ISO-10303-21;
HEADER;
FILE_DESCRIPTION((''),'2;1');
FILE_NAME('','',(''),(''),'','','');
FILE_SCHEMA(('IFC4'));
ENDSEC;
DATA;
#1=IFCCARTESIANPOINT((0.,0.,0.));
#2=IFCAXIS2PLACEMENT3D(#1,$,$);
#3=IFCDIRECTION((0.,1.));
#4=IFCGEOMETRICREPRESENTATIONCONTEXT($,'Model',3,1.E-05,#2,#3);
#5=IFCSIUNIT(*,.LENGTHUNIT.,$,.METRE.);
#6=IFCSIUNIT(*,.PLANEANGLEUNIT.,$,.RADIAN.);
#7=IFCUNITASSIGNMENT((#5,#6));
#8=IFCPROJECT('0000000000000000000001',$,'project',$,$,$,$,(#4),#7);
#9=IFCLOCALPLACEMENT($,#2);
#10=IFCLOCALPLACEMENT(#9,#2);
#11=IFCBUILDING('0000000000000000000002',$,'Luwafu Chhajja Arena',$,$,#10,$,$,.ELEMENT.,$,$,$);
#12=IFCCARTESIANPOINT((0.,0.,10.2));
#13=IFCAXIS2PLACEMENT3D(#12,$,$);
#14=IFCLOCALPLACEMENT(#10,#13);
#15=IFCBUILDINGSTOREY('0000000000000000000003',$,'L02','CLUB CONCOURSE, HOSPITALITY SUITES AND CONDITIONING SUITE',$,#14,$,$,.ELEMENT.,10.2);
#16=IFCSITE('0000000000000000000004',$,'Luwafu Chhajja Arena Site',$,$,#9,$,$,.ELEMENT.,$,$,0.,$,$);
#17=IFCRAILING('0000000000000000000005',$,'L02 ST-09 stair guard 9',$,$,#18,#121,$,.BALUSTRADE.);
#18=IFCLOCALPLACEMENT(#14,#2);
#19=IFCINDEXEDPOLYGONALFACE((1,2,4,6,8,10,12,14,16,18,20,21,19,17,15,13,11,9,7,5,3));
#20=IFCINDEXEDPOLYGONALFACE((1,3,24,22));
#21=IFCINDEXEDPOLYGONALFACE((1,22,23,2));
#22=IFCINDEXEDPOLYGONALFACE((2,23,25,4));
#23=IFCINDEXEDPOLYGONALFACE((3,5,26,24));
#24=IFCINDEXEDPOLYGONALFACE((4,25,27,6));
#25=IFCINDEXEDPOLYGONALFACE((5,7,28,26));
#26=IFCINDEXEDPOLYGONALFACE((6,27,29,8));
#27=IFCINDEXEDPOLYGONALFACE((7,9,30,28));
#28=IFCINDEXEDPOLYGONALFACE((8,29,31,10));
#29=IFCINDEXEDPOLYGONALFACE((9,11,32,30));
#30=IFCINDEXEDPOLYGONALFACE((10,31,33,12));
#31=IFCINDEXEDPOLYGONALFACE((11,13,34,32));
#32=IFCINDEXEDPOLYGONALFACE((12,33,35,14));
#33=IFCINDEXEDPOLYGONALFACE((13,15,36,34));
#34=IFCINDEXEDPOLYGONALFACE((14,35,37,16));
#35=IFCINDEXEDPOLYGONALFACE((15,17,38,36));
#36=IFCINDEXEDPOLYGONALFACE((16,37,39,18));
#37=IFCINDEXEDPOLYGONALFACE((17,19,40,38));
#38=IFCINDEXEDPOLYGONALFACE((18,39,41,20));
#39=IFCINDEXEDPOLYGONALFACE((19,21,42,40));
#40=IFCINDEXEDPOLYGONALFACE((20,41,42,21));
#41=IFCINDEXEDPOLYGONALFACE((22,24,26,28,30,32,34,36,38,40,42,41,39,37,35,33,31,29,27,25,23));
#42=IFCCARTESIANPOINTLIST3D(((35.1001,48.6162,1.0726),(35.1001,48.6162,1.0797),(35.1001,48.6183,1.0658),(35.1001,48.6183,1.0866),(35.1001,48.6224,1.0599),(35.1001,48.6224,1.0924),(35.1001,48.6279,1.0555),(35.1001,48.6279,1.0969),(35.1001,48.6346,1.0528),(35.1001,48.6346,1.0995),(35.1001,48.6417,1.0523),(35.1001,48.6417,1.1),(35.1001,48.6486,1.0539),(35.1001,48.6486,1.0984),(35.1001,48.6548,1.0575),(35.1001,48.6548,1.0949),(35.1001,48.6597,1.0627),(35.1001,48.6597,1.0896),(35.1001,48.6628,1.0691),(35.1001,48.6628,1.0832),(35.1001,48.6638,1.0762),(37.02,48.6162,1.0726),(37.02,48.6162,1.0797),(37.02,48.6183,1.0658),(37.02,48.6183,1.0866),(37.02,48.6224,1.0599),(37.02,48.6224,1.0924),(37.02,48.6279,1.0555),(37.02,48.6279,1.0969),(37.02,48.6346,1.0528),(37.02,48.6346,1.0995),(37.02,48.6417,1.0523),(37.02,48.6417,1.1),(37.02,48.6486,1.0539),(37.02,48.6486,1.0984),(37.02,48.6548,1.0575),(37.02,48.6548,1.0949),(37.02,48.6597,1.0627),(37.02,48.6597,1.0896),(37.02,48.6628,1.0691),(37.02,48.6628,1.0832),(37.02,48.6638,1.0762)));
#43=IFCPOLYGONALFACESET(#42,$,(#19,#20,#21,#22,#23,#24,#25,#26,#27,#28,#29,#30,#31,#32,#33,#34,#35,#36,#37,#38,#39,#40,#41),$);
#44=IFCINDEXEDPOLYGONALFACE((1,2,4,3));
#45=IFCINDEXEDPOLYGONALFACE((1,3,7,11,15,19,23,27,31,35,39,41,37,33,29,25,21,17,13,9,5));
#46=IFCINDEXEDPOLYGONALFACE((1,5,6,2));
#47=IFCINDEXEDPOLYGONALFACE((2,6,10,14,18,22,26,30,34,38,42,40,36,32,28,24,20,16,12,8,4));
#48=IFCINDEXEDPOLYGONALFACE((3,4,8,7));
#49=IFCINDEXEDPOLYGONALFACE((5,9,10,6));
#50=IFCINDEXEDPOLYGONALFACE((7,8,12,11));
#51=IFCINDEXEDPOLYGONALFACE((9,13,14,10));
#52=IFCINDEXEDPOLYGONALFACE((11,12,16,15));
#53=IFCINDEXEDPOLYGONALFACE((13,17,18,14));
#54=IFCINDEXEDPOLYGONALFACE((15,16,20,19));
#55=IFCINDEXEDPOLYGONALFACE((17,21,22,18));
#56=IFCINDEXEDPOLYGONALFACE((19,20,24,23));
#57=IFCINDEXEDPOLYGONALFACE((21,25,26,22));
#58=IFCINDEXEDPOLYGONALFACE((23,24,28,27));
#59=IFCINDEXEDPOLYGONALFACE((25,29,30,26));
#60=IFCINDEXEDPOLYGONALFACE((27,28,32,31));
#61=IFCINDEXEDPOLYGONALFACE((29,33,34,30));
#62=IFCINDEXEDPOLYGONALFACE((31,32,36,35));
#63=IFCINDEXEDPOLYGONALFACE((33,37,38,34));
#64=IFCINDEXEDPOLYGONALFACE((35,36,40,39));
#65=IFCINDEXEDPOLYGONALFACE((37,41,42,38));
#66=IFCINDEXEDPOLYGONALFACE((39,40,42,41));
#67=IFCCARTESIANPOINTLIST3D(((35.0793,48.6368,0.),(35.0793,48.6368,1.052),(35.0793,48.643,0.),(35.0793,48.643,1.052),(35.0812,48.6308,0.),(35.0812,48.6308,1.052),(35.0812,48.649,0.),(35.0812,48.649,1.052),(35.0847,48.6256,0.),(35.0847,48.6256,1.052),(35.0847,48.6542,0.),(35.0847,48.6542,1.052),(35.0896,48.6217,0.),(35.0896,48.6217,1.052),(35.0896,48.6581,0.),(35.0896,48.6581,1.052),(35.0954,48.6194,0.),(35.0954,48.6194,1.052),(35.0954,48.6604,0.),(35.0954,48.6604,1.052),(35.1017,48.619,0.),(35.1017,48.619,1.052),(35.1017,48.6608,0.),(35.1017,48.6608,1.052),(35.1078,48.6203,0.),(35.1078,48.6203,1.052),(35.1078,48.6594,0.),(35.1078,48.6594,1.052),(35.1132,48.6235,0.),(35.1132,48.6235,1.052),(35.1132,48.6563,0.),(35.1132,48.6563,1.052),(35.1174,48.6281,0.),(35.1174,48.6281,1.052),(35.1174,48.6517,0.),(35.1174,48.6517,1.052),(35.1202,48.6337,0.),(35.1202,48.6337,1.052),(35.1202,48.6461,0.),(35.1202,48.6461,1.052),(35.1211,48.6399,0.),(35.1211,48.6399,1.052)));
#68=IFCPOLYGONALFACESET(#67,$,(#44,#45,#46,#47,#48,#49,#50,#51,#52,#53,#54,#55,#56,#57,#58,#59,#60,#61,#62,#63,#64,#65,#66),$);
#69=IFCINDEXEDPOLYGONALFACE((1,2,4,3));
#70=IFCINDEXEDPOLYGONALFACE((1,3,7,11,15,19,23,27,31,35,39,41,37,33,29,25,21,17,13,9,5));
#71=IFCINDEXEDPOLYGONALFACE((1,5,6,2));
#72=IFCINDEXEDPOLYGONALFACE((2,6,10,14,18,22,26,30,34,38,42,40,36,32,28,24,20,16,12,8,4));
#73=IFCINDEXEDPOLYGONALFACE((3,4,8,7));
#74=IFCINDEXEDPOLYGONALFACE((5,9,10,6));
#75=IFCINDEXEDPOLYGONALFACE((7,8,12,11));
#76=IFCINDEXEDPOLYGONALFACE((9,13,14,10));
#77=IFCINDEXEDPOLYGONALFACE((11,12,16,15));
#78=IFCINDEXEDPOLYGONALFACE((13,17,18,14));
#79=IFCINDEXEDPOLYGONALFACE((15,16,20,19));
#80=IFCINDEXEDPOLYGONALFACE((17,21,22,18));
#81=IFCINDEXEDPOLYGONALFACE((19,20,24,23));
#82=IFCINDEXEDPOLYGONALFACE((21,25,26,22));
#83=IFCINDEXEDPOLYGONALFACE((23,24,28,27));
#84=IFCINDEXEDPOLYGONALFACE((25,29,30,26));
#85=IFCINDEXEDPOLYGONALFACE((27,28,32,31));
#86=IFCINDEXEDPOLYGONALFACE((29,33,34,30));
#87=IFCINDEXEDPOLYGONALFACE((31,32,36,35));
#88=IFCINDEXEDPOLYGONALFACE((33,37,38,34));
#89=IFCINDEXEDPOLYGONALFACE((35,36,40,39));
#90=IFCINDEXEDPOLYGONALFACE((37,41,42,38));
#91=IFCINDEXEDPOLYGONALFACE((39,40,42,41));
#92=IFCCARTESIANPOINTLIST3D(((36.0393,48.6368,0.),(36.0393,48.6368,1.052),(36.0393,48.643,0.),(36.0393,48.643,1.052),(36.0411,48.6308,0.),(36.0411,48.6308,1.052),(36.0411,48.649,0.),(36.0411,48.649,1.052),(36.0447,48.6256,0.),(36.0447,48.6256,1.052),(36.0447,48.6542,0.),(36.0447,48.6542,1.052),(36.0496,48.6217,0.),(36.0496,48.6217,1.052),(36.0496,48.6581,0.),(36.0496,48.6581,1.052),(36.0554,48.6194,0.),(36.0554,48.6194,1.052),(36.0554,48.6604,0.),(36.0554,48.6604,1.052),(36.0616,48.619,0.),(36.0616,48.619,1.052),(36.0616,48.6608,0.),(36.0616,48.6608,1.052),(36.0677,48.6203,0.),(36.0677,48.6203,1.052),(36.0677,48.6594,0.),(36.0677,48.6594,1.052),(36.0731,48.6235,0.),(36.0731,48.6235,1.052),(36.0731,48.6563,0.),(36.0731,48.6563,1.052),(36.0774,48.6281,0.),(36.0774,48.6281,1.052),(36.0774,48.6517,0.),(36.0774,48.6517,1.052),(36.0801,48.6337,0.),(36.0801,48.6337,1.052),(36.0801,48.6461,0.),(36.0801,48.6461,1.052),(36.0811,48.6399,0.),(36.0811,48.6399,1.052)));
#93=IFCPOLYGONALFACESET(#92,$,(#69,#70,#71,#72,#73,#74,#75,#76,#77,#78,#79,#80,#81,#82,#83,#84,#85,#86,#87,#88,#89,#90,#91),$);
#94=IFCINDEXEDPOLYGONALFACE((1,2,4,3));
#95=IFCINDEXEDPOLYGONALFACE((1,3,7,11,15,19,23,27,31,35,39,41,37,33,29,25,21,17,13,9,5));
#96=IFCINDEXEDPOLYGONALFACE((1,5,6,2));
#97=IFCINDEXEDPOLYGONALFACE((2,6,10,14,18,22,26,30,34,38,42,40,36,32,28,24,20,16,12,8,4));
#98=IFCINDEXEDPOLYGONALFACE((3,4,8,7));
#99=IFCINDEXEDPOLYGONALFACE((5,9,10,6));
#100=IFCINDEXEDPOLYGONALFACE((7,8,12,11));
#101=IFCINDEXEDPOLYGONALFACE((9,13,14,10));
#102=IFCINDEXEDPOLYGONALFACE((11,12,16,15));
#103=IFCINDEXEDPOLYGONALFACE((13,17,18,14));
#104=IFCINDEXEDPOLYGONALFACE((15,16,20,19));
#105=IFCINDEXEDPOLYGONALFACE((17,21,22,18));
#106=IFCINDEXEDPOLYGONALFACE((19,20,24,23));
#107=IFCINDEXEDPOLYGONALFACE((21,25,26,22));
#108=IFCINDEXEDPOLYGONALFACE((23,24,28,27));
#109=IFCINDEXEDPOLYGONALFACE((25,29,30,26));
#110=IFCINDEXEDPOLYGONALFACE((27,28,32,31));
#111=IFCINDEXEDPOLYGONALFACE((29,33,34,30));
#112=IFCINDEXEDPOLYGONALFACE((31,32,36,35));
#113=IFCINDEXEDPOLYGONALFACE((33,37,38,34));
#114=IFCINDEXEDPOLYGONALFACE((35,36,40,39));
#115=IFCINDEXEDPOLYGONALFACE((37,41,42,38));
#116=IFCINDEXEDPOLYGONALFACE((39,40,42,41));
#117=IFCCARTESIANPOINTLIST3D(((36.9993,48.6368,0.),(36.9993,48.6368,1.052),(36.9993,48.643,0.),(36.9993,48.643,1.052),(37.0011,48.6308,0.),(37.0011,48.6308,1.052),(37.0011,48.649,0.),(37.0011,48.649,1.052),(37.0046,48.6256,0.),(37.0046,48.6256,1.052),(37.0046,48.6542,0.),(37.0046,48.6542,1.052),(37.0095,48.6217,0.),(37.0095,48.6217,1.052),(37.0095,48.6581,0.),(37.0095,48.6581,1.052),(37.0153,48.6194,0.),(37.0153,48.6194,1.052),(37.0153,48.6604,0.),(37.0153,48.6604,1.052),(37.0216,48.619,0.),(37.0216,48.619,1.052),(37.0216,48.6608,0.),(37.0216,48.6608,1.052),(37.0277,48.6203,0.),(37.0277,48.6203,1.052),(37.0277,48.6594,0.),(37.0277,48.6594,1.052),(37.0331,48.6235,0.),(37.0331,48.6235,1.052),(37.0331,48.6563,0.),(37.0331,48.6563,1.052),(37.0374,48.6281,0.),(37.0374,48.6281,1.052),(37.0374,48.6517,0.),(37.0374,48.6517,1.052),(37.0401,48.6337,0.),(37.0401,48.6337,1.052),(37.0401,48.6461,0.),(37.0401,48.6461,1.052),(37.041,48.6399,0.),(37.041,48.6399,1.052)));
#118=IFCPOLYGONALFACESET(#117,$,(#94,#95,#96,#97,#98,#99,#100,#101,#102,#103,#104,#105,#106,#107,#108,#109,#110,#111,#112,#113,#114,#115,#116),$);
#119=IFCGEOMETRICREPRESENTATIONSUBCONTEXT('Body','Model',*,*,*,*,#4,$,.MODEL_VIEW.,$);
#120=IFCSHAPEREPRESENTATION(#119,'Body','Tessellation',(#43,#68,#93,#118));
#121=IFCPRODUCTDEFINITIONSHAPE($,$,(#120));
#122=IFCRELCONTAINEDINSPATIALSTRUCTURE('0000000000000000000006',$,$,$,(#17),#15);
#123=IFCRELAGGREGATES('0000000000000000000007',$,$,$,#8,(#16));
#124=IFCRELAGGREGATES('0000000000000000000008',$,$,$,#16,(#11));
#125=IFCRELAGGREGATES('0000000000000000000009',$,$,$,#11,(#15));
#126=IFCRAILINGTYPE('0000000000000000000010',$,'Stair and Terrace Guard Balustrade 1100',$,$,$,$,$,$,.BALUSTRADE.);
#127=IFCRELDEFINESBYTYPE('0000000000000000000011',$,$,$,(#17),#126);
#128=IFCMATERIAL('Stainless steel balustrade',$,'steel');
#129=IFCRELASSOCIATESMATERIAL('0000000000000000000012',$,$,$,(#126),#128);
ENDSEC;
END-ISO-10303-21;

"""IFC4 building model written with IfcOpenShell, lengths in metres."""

from ifc_helpers import new_model, si_unit, direction, frame, origin, origin_2d, place, context, subcontext, project, spatial, circle, extrude, material, type_object, element, save


model = new_model("IFC4")

# Units and contexts
model_context = context("Model", 3, precision=1e-05, world=origin(), true_north=direction((0.0, 1.0)))
body_context = subcontext(model_context, "Body", "Model", "MODEL_VIEW")
ifc_project = project(units=[si_unit("LENGTHUNIT", "METRE"), si_unit("PLANEANGLEUNIT", "RADIAN")], contexts=[model_context])

# Site, building, storey
site_placement = place(None, origin())
site = spatial("IfcSite", under=ifc_project, at=site_placement, Name="Luwafu Chhajja Arena Site", CompositionType="ELEMENT", RefElevation=0.0)
building_placement = place(site_placement, origin())
building = spatial("IfcBuilding", under=site, at=building_placement, Name="Luwafu Chhajja Arena", CompositionType="ELEMENT")
storey_placement = place(building_placement, frame((0.0, 0.0, 10.2)))
storey = spatial("IfcBuildingStorey", under=building, at=storey_placement, Name="L02", Description="CLUB CONCOURSE, HOSPITALITY SUITES AND CONDITIONING SUITE", CompositionType="ELEMENT", Elevation=10.2)

# Railing
ifc_material_1 = material(Name="Stainless steel balustrade", Category="steel")
railing_type = type_object("IfcRailingType", Name="Stair and Terrace Guard Balustrade 1100", PredefinedType="BALUSTRADE", material=ifc_material_1)
for number, where, name in (
    (1, (35.1001, 48.6399, 0.0), "L02 ST-09 stair guard 9"),
):
    element("IfcRailing", number, at=place(storey_placement, frame(where)), inside=storey, type_object=railing_type, Name=name, PredefinedType="BALUSTRADE", context=body_context, shape_type="SweptSolid", body=[
        extrude(circle(Radius=0.0239, at=origin_2d()), frame((0.0, 0.0, 1.0762), z_axis=(1.0, 0.0, 0.0), x_axis=(0.0, 1.0, 0.0)), (0.0, 0.0, 1.0), 1.9199),
        extrude(circle(Radius=0.021, at=origin_2d()), origin(), (0.0, 0.0, 1.0), 1.052),
        extrude(circle(Radius=0.021, at=origin_2d()), frame((0.96, 0.0, 0.0)), (0.0, 0.0, 1.0), 1.052),
        extrude(circle(Radius=0.021, at=origin_2d()), frame((1.9199, 0.0, 0.0)), (0.0, 0.0, 1.0), 1.052),
    ])

save(model, "model.ifc")
